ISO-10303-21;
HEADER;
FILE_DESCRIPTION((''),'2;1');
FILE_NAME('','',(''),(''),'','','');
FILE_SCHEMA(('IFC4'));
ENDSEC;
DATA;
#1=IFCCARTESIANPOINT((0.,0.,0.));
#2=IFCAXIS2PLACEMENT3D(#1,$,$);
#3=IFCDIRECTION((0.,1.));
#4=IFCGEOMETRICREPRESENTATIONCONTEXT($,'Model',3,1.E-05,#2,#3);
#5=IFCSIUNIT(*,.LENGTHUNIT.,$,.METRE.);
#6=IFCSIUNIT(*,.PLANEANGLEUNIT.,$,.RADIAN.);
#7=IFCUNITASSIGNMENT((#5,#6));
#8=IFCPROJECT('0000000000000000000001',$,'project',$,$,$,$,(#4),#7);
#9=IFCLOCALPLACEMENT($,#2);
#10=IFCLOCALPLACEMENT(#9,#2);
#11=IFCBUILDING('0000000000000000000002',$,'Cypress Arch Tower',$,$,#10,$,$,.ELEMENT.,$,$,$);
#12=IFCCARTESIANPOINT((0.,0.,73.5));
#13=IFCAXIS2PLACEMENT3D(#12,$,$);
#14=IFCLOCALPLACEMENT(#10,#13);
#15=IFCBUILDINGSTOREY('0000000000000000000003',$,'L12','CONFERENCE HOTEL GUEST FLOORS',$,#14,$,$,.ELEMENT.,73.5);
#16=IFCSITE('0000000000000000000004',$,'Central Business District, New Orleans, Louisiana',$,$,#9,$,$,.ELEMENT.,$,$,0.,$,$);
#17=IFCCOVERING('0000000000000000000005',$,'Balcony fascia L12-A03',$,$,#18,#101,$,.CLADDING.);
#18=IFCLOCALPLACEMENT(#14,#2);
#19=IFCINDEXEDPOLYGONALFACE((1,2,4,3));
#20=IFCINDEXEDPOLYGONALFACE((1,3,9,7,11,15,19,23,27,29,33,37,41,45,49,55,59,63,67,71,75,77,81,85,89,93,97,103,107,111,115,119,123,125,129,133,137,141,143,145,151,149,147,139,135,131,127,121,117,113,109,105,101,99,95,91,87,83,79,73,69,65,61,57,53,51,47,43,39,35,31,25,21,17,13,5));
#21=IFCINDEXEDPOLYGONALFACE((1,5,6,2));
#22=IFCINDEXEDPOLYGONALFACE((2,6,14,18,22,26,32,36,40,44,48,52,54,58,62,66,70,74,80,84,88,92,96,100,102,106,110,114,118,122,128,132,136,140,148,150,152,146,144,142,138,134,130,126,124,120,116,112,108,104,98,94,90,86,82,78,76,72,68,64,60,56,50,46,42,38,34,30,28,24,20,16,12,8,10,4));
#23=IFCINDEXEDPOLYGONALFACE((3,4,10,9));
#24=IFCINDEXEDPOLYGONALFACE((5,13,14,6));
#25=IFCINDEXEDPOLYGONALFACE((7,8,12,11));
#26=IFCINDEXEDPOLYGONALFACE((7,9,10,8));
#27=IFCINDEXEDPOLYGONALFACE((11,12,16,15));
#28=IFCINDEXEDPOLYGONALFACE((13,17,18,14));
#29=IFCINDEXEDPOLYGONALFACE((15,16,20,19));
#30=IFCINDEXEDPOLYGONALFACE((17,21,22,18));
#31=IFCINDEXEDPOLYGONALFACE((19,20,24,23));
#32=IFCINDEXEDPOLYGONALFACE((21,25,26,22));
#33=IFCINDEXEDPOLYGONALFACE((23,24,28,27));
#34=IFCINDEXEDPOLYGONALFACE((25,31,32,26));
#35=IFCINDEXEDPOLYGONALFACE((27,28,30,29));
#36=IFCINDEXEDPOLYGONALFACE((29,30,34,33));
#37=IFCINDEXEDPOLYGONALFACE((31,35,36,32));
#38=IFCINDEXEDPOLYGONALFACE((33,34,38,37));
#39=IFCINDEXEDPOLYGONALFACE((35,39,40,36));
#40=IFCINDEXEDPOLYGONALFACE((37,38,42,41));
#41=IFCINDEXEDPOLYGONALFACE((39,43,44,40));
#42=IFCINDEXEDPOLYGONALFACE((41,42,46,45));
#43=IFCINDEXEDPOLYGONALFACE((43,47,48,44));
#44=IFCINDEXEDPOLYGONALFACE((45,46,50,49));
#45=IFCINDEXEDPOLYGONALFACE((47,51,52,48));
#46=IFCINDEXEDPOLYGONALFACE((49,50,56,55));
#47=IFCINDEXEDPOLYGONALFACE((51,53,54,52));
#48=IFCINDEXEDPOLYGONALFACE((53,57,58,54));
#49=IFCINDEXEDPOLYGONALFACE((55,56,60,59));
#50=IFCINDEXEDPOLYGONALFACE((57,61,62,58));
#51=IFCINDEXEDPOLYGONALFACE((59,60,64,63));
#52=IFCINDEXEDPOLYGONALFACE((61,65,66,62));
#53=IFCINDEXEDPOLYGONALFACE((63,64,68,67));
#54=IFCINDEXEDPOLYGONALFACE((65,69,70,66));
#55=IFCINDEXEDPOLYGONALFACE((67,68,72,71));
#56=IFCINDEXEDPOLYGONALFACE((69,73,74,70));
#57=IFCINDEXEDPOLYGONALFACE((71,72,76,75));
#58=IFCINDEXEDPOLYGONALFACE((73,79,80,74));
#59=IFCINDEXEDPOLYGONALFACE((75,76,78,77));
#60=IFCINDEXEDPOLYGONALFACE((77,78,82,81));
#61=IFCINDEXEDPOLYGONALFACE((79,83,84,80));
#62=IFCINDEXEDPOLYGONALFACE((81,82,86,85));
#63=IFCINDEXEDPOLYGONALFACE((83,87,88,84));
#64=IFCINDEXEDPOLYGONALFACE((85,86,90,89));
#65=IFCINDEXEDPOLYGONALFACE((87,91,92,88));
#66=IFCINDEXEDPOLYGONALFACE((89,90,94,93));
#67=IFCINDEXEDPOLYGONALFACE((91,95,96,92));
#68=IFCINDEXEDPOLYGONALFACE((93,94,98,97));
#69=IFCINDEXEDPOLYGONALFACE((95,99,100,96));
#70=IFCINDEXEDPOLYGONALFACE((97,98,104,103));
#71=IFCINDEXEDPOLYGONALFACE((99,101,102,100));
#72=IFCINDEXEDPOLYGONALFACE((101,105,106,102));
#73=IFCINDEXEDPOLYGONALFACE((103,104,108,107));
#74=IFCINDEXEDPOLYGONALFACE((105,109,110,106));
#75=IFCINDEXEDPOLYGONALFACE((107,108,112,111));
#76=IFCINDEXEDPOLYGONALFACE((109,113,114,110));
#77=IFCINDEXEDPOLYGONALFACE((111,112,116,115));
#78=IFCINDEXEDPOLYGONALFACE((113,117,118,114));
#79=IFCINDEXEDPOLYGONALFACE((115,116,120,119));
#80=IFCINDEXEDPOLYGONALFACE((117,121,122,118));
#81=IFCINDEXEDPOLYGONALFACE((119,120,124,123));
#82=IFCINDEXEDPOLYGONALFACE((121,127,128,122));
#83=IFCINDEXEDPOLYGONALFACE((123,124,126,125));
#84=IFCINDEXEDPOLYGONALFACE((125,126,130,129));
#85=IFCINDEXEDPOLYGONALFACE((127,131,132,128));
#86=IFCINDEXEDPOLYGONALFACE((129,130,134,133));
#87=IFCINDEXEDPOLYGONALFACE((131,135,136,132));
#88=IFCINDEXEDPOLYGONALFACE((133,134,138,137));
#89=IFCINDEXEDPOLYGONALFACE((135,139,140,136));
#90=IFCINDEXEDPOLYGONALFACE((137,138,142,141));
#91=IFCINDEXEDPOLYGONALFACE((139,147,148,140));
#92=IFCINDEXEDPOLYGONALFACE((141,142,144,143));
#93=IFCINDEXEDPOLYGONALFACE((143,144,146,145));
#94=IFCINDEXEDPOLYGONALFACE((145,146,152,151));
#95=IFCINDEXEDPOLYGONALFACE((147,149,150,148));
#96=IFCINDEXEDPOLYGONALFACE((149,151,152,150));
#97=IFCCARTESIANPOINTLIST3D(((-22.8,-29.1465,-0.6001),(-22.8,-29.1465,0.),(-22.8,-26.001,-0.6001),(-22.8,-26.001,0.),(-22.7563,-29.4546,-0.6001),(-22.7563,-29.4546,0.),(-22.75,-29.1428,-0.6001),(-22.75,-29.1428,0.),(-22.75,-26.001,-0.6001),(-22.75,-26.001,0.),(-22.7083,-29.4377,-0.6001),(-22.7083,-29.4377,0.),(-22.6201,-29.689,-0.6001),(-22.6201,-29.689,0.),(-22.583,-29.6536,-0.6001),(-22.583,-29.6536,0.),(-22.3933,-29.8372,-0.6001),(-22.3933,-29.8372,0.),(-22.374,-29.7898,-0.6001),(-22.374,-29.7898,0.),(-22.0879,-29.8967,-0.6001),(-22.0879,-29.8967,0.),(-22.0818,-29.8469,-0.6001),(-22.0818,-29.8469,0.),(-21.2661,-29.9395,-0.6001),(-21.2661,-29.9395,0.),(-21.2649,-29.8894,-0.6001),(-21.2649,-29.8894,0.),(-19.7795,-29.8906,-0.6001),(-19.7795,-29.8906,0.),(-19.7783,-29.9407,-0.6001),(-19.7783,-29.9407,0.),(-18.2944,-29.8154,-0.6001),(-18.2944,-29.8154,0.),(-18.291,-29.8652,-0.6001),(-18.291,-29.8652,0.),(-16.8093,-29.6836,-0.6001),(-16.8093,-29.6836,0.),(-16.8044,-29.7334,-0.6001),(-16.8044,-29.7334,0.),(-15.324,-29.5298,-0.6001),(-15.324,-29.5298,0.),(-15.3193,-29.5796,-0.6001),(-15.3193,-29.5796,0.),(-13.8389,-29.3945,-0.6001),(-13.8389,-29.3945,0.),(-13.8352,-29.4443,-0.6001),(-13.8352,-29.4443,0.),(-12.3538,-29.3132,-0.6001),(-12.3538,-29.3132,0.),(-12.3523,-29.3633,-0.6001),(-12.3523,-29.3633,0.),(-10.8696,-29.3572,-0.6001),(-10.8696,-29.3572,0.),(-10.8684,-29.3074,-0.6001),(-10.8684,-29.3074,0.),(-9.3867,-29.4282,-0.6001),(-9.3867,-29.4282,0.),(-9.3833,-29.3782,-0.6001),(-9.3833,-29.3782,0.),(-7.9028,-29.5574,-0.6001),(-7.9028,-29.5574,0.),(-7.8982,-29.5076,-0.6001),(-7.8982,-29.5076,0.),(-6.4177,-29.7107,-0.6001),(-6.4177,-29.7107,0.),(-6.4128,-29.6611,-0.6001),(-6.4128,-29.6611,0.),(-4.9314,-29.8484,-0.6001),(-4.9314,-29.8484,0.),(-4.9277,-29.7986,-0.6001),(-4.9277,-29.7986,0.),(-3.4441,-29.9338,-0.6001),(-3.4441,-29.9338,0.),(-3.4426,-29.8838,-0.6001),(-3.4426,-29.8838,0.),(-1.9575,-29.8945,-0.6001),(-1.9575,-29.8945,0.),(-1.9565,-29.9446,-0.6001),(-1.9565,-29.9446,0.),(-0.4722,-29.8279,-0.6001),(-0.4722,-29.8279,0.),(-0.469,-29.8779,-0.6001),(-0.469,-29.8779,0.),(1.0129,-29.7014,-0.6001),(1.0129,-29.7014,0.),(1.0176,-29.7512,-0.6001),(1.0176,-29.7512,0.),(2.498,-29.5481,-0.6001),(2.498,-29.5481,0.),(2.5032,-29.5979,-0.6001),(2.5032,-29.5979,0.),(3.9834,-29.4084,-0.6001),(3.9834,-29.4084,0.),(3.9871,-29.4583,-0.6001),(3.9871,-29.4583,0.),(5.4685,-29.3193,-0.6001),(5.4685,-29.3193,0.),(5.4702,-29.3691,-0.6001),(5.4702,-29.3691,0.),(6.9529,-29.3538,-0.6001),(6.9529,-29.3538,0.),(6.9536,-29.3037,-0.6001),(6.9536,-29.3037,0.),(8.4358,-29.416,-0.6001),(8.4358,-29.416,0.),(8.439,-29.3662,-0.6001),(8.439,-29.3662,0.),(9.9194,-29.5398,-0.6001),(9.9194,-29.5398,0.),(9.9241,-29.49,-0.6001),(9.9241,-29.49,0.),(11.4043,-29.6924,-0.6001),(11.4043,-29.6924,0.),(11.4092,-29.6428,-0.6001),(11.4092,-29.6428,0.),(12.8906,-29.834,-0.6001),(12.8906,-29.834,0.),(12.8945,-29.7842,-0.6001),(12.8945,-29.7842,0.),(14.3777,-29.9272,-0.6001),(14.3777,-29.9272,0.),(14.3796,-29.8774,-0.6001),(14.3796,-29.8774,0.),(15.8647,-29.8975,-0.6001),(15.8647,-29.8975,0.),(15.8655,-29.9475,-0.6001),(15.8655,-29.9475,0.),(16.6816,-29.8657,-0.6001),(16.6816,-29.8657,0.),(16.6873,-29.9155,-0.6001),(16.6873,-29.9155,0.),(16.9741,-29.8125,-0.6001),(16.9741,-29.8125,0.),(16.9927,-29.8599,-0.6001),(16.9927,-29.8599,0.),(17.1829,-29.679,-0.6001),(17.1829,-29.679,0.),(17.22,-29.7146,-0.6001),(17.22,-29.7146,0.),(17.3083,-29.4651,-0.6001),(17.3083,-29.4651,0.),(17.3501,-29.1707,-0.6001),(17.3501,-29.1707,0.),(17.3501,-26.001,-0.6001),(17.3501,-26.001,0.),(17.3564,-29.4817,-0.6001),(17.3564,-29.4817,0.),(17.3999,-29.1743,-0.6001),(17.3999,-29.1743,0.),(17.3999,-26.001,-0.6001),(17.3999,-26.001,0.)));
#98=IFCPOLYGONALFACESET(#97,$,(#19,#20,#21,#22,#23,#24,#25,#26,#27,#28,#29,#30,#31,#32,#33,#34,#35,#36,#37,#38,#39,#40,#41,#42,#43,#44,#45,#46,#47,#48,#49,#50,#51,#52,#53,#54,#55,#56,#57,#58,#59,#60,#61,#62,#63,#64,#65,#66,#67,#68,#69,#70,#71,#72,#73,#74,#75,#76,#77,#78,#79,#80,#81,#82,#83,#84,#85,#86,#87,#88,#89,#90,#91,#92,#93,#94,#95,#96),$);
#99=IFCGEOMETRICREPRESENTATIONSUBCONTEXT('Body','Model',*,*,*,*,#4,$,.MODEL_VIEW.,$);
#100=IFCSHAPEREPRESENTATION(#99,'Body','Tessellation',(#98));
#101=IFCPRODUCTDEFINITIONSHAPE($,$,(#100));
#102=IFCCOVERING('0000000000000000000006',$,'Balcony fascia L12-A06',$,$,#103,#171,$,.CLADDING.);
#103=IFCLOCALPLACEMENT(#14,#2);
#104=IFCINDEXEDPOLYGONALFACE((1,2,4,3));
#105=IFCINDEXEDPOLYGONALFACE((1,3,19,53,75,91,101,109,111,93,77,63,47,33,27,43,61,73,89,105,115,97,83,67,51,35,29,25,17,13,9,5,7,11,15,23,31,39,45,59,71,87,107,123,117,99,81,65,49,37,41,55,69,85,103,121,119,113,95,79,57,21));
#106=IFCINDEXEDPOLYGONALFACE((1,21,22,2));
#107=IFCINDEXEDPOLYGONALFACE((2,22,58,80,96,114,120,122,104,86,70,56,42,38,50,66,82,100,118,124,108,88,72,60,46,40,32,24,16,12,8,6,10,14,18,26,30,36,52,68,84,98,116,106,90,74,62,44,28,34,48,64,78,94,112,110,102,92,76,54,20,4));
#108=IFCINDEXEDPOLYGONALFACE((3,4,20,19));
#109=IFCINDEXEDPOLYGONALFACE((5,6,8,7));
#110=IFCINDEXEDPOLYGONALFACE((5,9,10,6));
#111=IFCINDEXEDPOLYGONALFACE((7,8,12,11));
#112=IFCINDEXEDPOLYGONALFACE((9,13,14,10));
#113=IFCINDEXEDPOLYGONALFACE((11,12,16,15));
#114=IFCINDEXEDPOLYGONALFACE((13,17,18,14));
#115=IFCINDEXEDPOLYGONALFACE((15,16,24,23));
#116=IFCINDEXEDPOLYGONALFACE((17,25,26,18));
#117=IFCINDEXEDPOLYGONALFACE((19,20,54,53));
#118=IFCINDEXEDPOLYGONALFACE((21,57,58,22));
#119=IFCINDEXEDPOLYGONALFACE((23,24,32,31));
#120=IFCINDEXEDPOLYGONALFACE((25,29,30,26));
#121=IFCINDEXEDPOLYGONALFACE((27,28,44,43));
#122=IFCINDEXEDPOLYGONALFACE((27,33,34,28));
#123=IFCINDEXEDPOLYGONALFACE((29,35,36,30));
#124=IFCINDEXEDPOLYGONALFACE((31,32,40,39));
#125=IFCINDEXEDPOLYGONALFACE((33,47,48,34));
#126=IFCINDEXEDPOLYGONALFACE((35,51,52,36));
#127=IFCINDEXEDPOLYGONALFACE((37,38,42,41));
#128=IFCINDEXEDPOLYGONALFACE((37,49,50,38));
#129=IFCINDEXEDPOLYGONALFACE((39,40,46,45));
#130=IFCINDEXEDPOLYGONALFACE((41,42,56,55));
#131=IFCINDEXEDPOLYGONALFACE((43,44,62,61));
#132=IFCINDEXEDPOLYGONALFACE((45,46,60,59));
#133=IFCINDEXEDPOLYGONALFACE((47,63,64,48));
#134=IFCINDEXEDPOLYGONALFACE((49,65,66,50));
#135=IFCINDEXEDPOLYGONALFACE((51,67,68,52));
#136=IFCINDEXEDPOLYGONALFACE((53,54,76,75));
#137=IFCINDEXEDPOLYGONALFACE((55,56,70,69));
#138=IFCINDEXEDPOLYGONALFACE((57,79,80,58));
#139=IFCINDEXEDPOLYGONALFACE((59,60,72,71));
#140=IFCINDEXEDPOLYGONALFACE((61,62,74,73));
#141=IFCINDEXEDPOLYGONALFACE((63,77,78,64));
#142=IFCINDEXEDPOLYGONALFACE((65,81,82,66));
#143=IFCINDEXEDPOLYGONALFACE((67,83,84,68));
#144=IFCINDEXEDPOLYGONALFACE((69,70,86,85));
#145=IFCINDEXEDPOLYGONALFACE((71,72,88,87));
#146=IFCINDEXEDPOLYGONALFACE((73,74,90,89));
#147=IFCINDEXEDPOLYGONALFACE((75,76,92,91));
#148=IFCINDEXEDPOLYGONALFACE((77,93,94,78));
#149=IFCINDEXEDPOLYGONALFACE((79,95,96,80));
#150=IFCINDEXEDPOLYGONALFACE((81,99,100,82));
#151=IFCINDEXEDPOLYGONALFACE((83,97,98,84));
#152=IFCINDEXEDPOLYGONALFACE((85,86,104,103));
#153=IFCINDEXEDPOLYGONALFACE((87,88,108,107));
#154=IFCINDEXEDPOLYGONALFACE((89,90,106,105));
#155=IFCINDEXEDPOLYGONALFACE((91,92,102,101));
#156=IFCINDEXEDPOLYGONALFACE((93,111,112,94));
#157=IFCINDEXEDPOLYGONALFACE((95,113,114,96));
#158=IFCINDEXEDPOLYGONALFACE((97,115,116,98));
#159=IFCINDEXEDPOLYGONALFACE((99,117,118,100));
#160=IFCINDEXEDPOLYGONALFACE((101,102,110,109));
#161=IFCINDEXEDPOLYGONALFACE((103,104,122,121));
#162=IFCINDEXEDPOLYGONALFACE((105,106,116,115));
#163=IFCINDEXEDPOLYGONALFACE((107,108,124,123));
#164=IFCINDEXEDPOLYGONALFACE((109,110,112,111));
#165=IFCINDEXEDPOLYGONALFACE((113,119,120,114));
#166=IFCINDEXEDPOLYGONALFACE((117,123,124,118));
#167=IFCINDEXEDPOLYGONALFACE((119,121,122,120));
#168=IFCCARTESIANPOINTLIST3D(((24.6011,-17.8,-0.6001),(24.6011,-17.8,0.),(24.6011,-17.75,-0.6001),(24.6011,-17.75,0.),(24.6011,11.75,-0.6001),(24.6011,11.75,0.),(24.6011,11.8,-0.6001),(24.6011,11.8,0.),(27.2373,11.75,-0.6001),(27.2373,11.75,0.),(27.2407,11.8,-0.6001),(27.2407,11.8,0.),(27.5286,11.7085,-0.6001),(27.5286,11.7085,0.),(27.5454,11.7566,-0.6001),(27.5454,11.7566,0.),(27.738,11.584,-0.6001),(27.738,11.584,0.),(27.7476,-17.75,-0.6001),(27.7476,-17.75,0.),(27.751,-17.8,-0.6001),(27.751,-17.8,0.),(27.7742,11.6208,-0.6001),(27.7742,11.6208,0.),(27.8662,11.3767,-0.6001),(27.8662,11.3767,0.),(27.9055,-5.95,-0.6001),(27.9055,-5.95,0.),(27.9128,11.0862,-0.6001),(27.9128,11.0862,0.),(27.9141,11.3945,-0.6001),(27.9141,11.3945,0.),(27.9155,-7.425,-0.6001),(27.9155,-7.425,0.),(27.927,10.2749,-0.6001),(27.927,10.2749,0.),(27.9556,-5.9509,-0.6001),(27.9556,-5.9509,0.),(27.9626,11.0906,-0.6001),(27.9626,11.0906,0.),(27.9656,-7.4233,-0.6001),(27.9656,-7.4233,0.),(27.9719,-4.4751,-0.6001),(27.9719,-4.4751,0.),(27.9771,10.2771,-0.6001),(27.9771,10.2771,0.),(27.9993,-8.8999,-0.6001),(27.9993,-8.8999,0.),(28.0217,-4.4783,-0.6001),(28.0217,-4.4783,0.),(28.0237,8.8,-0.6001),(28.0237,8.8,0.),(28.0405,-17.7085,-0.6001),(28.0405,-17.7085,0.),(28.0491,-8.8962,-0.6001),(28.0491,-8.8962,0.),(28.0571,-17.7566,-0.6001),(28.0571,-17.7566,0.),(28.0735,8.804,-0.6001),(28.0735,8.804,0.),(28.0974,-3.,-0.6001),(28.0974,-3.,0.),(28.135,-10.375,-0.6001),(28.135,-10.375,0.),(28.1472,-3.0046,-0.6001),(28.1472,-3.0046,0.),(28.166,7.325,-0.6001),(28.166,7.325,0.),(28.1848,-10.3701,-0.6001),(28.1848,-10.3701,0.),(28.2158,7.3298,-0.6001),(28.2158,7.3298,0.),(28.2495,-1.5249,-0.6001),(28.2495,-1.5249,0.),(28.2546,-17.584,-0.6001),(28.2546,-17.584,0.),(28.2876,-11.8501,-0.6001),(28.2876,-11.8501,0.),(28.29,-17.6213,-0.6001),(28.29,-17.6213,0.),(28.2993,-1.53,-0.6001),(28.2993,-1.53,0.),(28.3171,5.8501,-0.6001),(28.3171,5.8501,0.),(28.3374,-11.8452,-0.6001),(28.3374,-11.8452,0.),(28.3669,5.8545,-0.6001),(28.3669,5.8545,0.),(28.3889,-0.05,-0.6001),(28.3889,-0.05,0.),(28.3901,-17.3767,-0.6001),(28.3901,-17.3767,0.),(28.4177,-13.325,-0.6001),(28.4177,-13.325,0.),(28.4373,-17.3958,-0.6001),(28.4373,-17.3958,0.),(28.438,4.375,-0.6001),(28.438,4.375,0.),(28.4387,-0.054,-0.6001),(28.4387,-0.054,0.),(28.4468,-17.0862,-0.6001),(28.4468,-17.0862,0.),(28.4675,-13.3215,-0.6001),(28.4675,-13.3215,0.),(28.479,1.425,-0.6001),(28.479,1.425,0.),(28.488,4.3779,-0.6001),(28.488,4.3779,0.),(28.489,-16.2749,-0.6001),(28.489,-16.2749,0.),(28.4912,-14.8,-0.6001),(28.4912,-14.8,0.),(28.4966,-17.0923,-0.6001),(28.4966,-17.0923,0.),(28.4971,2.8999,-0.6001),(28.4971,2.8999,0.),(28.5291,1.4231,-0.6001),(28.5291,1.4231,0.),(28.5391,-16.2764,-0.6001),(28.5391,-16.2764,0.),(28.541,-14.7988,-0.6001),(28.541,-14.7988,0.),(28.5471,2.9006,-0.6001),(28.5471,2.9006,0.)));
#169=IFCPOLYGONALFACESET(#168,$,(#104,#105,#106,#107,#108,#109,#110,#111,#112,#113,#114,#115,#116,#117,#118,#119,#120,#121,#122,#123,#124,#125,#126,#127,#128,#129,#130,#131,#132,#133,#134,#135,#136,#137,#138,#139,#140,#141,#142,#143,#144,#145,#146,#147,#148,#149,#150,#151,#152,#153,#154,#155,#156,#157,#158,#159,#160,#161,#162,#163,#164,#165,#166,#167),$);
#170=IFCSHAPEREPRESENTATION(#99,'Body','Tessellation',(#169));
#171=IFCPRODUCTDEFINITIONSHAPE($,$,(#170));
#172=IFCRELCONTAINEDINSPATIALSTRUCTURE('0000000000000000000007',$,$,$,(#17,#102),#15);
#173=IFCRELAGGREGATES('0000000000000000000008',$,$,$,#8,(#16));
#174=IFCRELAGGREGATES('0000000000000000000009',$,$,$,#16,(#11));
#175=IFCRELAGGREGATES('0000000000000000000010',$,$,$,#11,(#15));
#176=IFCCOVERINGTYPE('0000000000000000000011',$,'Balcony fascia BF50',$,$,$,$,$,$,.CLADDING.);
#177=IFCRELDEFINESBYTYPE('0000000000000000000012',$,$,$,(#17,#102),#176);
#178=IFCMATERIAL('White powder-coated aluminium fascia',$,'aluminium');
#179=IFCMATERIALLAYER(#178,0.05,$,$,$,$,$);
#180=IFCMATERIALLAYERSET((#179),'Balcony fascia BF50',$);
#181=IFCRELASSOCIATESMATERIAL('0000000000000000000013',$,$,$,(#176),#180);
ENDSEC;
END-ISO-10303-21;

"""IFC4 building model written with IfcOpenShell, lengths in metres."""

from ifc_helpers import new_model, si_unit, direction, frame, origin, place, context, subcontext, project, spatial, polyline, outline, extrude, material, layer, layer_set, type_object, element, save


model = new_model("IFC4")

# Units and contexts
model_context = context("Model", 3, precision=1e-05, world=origin(), true_north=direction((0.0, 1.0)))
body_context = subcontext(model_context, "Body", "Model", "MODEL_VIEW")
ifc_project = project(units=[si_unit("LENGTHUNIT", "METRE"), si_unit("PLANEANGLEUNIT", "RADIAN")], contexts=[model_context])

# Site, building, storey
site_placement = place(None, origin())
site = spatial("IfcSite", under=ifc_project, at=site_placement, Name="Central Business District, New Orleans, Louisiana", CompositionType="ELEMENT", RefElevation=0.0)
building_placement = place(site_placement, origin())
building = spatial("IfcBuilding", under=site, at=building_placement, Name="Cypress Arch Tower", CompositionType="ELEMENT")
storey_placement = place(building_placement, frame((0.0, 0.0, 73.5)))
storey = spatial("IfcBuildingStorey", under=building, at=storey_placement, Name="L12", Description="CONFERENCE HOTEL GUEST FLOORS", CompositionType="ELEMENT", Elevation=73.5)

# Coverings
ifc_material_1 = material(Name="White powder-coated aluminium fascia", Category="aluminium")
ifc_layer_1 = layer(ifc_material_1, 0.05)
ifc_layer_set_1 = layer_set([ifc_layer_1], Name="Balcony fascia BF50")
covering_type_1 = type_object("IfcCoveringType", Name="Balcony fascia BF50", PredefinedType="CLADDING", material=ifc_layer_set_1)
covering_1_placement = place(storey_placement, frame((0.0, 0.0, -0.6001)))
element("IfcCovering", 1, at=covering_1_placement, inside=storey, type_object=covering_type_1, Name="Balcony fascia L12-A03", PredefinedType="CLADDING", context=body_context, shape_type="SweptSolid", body=[
    extrude(outline(polyline([(17.3999, -29.1743), (17.3564, -29.4817), (17.22, -29.7146), (16.9927, -29.8599), (16.6873, -29.9155), (15.8655, -29.9475), (14.3777, -29.9272), (12.8906, -29.834), (11.4043, -29.6924), (9.9194, -29.5398), (8.4358, -29.416), (6.9529, -29.3538), (5.4702, -29.3691), (3.9871, -29.4583), (2.5032, -29.5979), (1.0176, -29.7512), (-0.469, -29.8779), (-1.9565, -29.9446), (-3.4441, -29.9338), (-4.9314, -29.8484), (-6.4177, -29.7107), (-7.9028, -29.5574), (-9.3867, -29.4282), (-10.8696, -29.3572), (-12.3523, -29.3633), (-13.8352, -29.4443), (-15.3193, -29.5796), (-16.8044, -29.7334), (-18.291, -29.8652), (-19.7783, -29.9407), (-21.2661, -29.9395), (-22.0879, -29.8967), (-22.3933, -29.8372), (-22.6201, -29.689), (-22.7563, -29.4546), (-22.8, -29.1465), (-22.8, -26.001), (-22.75, -26.001), (-22.75, -29.1428), (-22.7083, -29.4377), (-22.583, -29.6536), (-22.374, -29.7898), (-22.0818, -29.8469), (-21.2649, -29.8894), (-19.7795, -29.8906), (-18.2944, -29.8154), (-16.8093, -29.6836), (-15.324, -29.5298), (-13.8389, -29.3945), (-12.3538, -29.3132), (-10.8684, -29.3074), (-9.3833, -29.3782), (-7.8982, -29.5076), (-6.4128, -29.6611), (-4.9277, -29.7986), (-3.4426, -29.8838), (-1.9575, -29.8945), (-0.4722, -29.8279), (1.0129, -29.7014), (2.498, -29.5481), (3.9834, -29.4084), (5.4685, -29.3193), (6.9536, -29.3037), (8.439, -29.3662), (9.9241, -29.49), (11.4092, -29.6428), (12.8945, -29.7842), (14.3796, -29.8774), (15.8647, -29.8975), (16.6816, -29.8657), (16.9741, -29.8125), (17.1829, -29.679), (17.3083, -29.4651), (17.3501, -29.1707), (17.3501, -26.001), (17.3999, -26.001), (17.3999, -29.1743)])), origin(), (0.0, 0.0, 1.0), 0.6001),
])
covering_2_placement = place(storey_placement, frame((0.0, 0.0, -0.6001)))
element("IfcCovering", 2, at=covering_2_placement, inside=storey, type_object=covering_type_1, Name="Balcony fascia L12-A06", PredefinedType="CLADDING", context=body_context, shape_type="SweptSolid", body=[
    extrude(outline(polyline([(27.2407, 11.8), (27.5454, 11.7566), (27.7742, 11.6208), (27.9141, 11.3945), (27.9626, 11.0906), (27.9771, 10.2771), (28.0735, 8.804), (28.2158, 7.3298), (28.3669, 5.8545), (28.488, 4.3779), (28.5471, 2.9006), (28.5291, 1.4231), (28.4387, -0.054), (28.2993, -1.53), (28.1472, -3.0046), (28.0217, -4.4783), (27.9556, -5.9509), (27.9656, -7.4233), (28.0491, -8.8962), (28.1848, -10.3701), (28.3374, -11.8452), (28.4675, -13.3215), (28.541, -14.7988), (28.5391, -16.2764), (28.4966, -17.0923), (28.4373, -17.3958), (28.29, -17.6213), (28.0571, -17.7566), (27.751, -17.8), (24.6011, -17.8), (24.6011, -17.75), (27.7476, -17.75), (28.0405, -17.7085), (28.2546, -17.584), (28.3901, -17.3767), (28.4468, -17.0862), (28.489, -16.2749), (28.4912, -14.8), (28.4177, -13.325), (28.2876, -11.8501), (28.135, -10.375), (27.9993, -8.8999), (27.9155, -7.425), (27.9055, -5.95), (27.9719, -4.4751), (28.0974, -3.0), (28.2495, -1.5249), (28.3889, -0.05), (28.479, 1.425), (28.4971, 2.8999), (28.438, 4.375), (28.3171, 5.8501), (28.166, 7.325), (28.0237, 8.8), (27.927, 10.2749), (27.9128, 11.0862), (27.8662, 11.3767), (27.738, 11.584), (27.5286, 11.7085), (27.2373, 11.75), (24.6011, 11.75), (24.6011, 11.8), (27.2407, 11.8)])), origin(), (0.0, 0.0, 1.0), 0.6001),
])

save(model, "model.ifc")
